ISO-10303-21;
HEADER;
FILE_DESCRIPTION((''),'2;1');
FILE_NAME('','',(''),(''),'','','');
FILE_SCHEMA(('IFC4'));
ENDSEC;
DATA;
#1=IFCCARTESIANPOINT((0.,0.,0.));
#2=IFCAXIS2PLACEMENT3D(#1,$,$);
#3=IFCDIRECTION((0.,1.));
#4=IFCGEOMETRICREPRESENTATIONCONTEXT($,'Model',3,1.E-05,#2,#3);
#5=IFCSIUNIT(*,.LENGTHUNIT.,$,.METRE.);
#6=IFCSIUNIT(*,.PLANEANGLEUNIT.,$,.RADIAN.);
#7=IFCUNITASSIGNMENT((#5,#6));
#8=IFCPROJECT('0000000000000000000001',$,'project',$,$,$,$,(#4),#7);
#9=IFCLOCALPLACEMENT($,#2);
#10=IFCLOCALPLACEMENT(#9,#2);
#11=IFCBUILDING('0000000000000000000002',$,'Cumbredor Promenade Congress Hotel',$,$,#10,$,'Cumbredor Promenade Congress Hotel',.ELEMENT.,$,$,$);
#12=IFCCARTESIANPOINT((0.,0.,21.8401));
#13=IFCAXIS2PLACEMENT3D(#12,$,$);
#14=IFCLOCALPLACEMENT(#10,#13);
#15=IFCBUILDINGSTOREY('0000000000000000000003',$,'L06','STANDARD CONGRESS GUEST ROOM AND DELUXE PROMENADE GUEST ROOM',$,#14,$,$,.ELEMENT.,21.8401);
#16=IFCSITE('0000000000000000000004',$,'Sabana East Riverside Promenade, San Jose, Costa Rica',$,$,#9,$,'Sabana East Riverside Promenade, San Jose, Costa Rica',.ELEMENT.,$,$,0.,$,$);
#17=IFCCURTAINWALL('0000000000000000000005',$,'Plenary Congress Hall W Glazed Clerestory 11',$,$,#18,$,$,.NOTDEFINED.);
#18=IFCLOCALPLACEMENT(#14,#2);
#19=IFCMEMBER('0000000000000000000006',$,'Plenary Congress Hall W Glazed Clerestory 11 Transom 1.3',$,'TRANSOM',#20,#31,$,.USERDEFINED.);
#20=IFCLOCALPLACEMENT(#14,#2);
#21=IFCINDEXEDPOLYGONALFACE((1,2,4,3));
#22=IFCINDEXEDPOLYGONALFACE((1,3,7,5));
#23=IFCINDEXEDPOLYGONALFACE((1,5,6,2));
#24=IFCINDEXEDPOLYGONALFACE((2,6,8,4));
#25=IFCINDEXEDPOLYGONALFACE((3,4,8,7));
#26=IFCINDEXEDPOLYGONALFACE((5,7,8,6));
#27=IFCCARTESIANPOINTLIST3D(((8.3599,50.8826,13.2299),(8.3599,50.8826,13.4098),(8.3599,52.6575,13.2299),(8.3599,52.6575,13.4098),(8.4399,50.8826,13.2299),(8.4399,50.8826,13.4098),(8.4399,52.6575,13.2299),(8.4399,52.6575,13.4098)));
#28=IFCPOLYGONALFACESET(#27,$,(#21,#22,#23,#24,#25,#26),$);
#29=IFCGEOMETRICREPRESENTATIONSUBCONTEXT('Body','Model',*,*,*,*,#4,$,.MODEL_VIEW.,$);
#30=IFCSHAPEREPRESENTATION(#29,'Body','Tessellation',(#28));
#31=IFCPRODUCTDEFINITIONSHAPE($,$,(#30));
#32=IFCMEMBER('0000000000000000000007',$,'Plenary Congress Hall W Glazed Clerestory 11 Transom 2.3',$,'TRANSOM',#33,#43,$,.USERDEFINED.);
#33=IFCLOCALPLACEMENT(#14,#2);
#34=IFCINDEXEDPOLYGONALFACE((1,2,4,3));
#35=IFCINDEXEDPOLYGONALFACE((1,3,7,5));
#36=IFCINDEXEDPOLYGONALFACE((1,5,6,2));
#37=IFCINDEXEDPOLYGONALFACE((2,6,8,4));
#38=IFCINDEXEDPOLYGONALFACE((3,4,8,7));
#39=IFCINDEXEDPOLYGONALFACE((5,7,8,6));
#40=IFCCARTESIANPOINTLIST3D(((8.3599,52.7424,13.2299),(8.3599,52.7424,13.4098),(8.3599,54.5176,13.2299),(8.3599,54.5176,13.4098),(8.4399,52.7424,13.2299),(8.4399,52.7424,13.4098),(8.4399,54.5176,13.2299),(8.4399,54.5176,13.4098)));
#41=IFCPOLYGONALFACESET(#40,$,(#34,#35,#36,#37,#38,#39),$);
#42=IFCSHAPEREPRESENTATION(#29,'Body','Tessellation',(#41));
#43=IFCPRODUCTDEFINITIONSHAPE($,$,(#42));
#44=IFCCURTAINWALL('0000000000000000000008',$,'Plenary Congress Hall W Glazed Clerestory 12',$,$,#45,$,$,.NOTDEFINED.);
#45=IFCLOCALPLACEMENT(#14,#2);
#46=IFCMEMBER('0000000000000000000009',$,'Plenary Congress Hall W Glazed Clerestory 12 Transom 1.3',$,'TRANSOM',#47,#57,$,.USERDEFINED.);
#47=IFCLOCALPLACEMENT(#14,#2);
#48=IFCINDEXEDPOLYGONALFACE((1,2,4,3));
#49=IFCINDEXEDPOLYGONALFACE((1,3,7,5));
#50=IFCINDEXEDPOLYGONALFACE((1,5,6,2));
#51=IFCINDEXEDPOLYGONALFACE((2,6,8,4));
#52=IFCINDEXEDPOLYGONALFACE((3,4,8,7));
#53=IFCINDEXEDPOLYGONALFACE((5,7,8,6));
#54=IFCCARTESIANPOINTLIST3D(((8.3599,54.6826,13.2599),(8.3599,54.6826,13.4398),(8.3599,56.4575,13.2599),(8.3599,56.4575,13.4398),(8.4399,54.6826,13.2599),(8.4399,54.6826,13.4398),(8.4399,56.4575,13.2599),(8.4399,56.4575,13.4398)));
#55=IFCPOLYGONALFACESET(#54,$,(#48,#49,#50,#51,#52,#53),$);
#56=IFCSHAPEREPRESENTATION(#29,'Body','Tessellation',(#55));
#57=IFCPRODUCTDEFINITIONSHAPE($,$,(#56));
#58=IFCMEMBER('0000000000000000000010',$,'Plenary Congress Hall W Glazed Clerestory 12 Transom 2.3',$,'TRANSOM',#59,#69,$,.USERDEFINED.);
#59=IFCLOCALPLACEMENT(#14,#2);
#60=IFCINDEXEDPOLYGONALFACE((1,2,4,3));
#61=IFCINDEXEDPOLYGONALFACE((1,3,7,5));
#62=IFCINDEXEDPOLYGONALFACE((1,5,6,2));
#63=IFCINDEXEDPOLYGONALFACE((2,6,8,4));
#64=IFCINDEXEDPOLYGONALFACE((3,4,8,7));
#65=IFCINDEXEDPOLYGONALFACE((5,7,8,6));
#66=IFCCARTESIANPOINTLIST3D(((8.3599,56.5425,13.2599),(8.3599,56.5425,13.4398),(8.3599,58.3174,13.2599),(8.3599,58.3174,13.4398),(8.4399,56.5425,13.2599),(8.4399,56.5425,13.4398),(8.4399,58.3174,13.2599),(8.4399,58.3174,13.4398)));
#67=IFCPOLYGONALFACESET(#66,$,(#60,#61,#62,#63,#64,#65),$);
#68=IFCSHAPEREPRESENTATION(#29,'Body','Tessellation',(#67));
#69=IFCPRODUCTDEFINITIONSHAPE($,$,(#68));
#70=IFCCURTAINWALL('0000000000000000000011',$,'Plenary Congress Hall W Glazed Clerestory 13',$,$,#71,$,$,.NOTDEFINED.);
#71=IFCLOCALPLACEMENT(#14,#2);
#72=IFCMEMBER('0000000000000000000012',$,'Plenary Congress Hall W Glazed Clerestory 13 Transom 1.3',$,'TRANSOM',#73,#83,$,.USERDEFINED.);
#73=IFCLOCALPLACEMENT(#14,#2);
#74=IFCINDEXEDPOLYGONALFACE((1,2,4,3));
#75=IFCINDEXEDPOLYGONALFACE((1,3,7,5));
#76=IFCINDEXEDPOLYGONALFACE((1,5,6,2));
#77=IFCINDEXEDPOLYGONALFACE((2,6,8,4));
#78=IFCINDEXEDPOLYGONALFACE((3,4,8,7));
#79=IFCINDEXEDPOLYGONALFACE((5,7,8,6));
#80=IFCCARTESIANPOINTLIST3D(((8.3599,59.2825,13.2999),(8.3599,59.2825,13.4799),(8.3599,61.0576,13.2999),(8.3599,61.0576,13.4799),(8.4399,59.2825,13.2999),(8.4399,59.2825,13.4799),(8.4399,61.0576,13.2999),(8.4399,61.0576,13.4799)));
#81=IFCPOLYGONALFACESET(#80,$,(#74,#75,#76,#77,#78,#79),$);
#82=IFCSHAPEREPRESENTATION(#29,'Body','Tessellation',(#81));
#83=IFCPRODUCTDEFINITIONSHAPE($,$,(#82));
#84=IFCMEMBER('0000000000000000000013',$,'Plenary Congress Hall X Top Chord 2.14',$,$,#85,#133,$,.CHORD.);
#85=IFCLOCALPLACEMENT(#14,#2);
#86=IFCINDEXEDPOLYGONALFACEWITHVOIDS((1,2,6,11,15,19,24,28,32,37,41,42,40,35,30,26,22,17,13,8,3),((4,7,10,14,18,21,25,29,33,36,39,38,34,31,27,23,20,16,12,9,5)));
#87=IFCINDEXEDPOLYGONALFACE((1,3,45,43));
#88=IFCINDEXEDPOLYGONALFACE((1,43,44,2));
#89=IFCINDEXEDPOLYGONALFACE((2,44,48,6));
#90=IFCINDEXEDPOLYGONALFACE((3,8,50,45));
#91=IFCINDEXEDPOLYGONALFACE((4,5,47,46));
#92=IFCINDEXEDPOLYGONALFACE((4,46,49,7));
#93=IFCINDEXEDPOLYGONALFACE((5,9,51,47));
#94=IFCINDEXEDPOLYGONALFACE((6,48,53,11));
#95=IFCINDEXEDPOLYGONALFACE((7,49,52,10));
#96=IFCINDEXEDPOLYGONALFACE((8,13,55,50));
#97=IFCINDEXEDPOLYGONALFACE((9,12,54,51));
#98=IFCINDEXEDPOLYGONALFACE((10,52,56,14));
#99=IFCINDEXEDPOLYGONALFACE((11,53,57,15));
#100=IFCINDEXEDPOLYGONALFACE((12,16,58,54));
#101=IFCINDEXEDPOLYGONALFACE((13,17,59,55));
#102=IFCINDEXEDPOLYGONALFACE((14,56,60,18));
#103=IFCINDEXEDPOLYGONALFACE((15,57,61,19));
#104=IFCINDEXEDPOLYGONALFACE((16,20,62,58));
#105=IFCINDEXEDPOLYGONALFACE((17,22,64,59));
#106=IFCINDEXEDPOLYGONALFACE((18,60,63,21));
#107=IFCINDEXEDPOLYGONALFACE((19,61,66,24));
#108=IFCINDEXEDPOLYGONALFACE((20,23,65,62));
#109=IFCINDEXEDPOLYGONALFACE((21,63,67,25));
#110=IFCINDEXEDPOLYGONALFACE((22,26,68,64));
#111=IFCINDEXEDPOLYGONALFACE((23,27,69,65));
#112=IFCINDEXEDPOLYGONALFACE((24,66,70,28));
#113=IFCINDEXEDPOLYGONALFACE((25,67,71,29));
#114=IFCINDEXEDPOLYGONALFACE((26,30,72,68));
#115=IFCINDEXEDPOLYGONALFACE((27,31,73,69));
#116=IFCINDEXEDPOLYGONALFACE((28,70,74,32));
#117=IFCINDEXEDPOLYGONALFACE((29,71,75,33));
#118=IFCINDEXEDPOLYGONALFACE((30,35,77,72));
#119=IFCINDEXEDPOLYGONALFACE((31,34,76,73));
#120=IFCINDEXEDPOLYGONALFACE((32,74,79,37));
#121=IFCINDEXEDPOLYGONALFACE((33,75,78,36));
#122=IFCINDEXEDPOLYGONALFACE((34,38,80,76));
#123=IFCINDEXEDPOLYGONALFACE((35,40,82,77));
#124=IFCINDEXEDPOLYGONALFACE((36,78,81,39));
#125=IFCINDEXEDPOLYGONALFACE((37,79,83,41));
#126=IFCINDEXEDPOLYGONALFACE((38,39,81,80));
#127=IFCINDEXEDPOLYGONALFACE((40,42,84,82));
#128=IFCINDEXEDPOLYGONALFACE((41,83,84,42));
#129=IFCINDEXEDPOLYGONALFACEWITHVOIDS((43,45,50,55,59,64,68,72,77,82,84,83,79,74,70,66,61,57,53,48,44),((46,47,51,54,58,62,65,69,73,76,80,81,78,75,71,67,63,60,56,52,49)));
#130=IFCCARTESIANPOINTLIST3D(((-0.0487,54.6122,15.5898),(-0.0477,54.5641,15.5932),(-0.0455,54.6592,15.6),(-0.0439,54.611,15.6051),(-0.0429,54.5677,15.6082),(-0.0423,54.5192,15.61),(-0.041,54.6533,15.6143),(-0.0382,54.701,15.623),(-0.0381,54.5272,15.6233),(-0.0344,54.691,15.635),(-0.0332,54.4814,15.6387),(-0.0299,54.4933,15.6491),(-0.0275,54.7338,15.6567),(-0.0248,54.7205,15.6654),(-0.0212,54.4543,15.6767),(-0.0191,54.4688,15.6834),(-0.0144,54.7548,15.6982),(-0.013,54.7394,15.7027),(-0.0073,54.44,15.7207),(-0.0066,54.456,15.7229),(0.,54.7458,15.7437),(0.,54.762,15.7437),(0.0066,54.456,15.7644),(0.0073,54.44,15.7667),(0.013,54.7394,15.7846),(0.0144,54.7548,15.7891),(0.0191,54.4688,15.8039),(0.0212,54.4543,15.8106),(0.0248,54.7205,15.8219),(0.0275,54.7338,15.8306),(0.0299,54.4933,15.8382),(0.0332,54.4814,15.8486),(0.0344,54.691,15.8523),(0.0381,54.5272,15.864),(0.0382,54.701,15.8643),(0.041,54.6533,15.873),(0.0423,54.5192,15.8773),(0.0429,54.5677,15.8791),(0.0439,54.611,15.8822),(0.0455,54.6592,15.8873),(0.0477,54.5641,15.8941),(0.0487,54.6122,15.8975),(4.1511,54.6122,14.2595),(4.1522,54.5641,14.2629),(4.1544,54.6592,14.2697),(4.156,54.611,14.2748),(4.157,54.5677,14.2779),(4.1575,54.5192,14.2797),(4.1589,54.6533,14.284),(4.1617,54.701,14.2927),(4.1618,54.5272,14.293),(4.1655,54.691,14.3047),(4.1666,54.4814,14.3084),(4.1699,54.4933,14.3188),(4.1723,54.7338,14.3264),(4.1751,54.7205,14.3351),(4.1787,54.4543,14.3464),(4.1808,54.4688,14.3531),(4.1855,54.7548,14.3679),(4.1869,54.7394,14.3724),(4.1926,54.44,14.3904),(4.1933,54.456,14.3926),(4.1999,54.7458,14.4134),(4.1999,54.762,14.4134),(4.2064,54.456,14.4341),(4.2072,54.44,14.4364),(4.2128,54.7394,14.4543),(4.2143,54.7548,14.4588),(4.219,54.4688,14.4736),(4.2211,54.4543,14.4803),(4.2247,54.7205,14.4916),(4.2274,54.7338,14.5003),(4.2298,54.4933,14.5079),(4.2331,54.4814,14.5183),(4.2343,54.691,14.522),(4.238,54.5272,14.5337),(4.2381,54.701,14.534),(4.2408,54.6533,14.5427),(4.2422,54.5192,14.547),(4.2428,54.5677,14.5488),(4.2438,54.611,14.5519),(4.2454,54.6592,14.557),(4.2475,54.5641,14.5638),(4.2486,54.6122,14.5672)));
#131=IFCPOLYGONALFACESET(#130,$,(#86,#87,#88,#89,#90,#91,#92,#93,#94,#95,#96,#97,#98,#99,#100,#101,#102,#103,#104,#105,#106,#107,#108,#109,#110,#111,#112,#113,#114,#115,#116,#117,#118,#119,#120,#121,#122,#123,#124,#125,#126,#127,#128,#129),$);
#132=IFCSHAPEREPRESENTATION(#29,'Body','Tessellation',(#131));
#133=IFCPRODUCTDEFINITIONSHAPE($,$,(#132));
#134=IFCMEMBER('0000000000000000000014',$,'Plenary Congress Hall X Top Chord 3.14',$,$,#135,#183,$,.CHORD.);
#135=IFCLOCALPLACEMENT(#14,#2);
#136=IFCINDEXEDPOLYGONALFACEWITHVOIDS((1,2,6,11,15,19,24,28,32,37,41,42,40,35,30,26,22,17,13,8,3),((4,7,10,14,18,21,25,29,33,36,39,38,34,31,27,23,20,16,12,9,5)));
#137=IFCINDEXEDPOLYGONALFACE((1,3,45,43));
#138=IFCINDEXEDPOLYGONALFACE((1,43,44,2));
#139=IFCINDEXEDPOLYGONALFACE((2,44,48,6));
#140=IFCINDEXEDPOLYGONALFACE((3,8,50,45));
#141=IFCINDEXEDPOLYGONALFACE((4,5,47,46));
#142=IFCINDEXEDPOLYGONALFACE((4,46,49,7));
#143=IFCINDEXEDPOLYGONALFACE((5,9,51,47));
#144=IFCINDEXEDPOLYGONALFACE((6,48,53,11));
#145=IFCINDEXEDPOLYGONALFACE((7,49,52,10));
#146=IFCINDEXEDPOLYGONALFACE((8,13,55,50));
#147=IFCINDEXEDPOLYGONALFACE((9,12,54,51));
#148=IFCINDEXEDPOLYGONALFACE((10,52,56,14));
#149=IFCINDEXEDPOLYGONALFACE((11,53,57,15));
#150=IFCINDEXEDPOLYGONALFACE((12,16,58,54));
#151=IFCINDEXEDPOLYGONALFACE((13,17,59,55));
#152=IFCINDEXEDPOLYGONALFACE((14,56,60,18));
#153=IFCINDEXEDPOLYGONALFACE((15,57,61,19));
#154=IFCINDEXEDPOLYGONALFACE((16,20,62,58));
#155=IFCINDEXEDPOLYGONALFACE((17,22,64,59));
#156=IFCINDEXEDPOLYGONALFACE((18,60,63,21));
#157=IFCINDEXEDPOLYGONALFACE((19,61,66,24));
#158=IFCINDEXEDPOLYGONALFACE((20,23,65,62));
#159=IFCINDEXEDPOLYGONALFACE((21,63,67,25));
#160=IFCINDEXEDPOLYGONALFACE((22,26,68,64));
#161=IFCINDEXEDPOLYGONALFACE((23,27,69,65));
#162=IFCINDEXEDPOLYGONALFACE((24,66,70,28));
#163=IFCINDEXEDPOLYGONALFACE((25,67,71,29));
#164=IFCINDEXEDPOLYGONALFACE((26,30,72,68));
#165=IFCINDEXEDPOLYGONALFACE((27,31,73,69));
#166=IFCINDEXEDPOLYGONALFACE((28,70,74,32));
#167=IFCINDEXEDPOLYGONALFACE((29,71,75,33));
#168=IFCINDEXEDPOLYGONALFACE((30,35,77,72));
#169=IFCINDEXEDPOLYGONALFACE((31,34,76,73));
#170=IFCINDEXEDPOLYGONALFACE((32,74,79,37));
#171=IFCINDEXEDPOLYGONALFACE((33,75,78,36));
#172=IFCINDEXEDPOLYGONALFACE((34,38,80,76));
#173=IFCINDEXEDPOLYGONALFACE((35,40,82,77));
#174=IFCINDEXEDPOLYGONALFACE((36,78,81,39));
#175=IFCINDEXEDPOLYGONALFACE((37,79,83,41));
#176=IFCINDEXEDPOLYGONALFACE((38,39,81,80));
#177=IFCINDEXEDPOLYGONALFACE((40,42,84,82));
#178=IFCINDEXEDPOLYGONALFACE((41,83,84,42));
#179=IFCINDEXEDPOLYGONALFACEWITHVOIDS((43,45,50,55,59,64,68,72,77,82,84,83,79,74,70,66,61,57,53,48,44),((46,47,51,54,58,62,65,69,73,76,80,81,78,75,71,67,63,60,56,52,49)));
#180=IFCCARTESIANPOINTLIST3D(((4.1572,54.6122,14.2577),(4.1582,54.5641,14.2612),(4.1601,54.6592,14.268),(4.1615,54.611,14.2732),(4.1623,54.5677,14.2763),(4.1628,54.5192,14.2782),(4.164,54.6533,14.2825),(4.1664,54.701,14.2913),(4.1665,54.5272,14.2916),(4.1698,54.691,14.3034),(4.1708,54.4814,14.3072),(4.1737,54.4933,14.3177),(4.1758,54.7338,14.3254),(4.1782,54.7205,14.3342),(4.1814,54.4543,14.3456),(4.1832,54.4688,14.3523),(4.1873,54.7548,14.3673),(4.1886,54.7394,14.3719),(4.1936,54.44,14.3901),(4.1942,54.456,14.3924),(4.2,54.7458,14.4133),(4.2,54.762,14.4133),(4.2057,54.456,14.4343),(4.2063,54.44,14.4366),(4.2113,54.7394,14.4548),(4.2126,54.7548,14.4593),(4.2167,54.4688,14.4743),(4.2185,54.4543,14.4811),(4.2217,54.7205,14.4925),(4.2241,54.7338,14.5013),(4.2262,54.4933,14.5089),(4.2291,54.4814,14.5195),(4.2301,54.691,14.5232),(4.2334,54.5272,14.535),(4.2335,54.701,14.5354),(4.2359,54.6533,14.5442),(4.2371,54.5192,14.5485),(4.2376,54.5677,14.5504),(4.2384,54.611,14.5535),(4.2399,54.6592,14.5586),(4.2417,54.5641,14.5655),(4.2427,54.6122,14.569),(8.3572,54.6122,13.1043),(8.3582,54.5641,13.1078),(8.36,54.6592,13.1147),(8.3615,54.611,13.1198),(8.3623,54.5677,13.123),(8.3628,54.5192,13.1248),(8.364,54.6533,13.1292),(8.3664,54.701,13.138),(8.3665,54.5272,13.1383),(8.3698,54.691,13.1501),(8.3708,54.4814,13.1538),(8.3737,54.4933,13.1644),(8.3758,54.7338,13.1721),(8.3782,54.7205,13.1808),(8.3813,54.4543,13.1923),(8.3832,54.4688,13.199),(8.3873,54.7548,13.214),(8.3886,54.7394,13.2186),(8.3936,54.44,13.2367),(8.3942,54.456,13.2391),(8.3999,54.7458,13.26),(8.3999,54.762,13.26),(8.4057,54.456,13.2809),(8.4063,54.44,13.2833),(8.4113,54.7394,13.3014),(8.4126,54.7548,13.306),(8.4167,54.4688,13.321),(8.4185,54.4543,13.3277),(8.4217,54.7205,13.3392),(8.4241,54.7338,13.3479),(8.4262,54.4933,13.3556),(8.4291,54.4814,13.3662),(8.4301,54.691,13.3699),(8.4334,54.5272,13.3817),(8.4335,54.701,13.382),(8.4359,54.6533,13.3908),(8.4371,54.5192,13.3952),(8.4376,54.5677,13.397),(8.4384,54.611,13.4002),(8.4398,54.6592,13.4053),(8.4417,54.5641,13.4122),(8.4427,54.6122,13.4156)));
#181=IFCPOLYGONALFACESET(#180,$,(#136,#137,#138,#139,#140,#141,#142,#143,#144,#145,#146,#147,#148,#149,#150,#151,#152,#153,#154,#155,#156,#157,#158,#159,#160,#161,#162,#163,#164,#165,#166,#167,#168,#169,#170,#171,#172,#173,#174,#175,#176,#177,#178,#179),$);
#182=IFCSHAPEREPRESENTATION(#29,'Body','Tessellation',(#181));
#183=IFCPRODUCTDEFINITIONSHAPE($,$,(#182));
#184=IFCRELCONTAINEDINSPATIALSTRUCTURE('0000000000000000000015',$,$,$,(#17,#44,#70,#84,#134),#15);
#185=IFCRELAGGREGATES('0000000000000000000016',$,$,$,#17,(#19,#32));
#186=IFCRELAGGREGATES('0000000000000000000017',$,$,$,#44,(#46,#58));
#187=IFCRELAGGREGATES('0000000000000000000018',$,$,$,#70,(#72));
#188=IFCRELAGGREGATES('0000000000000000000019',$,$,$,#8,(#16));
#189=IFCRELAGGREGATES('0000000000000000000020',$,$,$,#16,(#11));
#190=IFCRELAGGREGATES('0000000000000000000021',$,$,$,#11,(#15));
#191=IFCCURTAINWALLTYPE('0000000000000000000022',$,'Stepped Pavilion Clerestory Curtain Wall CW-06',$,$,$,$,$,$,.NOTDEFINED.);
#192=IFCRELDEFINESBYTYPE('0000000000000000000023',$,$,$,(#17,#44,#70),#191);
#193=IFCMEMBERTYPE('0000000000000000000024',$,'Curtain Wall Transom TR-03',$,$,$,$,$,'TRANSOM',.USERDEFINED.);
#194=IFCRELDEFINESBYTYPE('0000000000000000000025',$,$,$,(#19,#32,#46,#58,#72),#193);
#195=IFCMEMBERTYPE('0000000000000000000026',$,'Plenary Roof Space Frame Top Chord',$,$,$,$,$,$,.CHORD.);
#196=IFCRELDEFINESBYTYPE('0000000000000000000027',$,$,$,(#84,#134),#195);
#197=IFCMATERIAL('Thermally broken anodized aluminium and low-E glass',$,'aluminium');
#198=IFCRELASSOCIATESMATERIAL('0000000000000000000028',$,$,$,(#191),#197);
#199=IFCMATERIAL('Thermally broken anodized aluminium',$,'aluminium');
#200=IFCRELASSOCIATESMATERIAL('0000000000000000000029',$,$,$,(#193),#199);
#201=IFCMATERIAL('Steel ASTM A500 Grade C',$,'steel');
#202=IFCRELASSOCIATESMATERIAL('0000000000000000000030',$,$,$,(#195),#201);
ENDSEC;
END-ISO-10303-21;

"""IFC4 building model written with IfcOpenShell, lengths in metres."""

from ifc_helpers import new_model, si_unit, direction, frame, origin, origin_2d, place, context, subcontext, project, spatial, rectangle, hollow_circle, extrude, material, material_profile, profile_set, type_object, element, aggregate, save


model = new_model("IFC4")

# Units and contexts
model_context = context("Model", 3, precision=1e-05, world=origin(), true_north=direction((0.0, 1.0)))
body_context = subcontext(model_context, "Body", "Model", "MODEL_VIEW")
ifc_project = project(units=[si_unit("LENGTHUNIT", "METRE"), si_unit("PLANEANGLEUNIT", "RADIAN")], contexts=[model_context])

# Site, building, storey
site_placement = place(None, origin())
site = spatial("IfcSite", under=ifc_project, at=site_placement, Name="Sabana East Riverside Promenade, San Jose, Costa Rica", LongName="Sabana East Riverside Promenade, San Jose, Costa Rica", CompositionType="ELEMENT", RefElevation=0.0)
building_placement = place(site_placement, origin())
building = spatial("IfcBuilding", under=site, at=building_placement, Name="Cumbredor Promenade Congress Hotel", LongName="Cumbredor Promenade Congress Hotel", CompositionType="ELEMENT")
storey_placement = place(building_placement, frame((0.0, 0.0, 21.8401)))
storey = spatial("IfcBuildingStorey", under=building, at=storey_placement, Name="L06", Description="STANDARD CONGRESS GUEST ROOM AND DELUXE PROMENADE GUEST ROOM", CompositionType="ELEMENT", Elevation=21.8401)

# Curtain walls, members
ifc_material_1 = material(Name="Thermally broken anodized aluminium and low-E glass", Category="aluminium")
curtain_wall_type = type_object("IfcCurtainWallType", Name="Stepped Pavilion Clerestory Curtain Wall CW-06", PredefinedType="NOTDEFINED", material=ifc_material_1)
curtain_wall_1_placement = place(storey_placement, origin())
curtain_wall_1 = element("IfcCurtainWall", 1, at=curtain_wall_1_placement, inside=storey, type_object=curtain_wall_type, Name="Plenary Congress Hall W Glazed Clerestory 11", PredefinedType="NOTDEFINED")
ifc_material_2 = material(Name="Thermally broken anodized aluminium", Category="aluminium")
ifc_material_profile_1 = material_profile(ifc_material_2, rectangle(XDim=0.0801, YDim=0.1799, at=origin_2d()), Name="ALU TRANSOM 80x180")
ifc_profile_set_1 = profile_set([ifc_material_profile_1], Name="Thermally broken anodized aluminium")
member_type_1 = type_object("IfcMemberType", Name="Curtain Wall Transom TR-03", ElementType="TRANSOM", PredefinedType="USERDEFINED", material=ifc_profile_set_1)
member_1_placement = place(storey_placement, frame((8.3999, 50.8826, 13.3198), z_axis=(0.0, 1.0, 0.0), x_axis=(-1.0, 0.0, 0.0)))
member_1 = element("IfcMember", 2, at=member_1_placement, type_object=member_type_1, Name="Plenary Congress Hall W Glazed Clerestory 11 Transom 1.3", ObjectType="TRANSOM", PredefinedType="USERDEFINED", context=body_context, shape_type="SweptSolid", body=[
    extrude(rectangle(XDim=0.0801, YDim=0.1799, at=origin_2d()), origin(), (0.0, 0.0, 1.0), 1.7749),
])
member_2_placement = place(storey_placement, frame((8.3999, 52.7424, 13.3198), z_axis=(0.0, 1.0, 0.0), x_axis=(-1.0, 0.0, 0.0)))
member_2 = element("IfcMember", 3, at=member_2_placement, type_object=member_type_1, Name="Plenary Congress Hall W Glazed Clerestory 11 Transom 2.3", ObjectType="TRANSOM", PredefinedType="USERDEFINED", context=body_context, shape_type="SweptSolid", body=[
    extrude(rectangle(XDim=0.0801, YDim=0.1799, at=origin_2d()), origin(), (0.0, 0.0, 1.0), 1.7751),
])
aggregate(curtain_wall_1, [member_1, member_2])
curtain_wall_2_placement = place(storey_placement, origin())
curtain_wall_2 = element("IfcCurtainWall", 4, at=curtain_wall_2_placement, inside=storey, type_object=curtain_wall_type, Name="Plenary Congress Hall W Glazed Clerestory 12", PredefinedType="NOTDEFINED")
member_3_placement = place(storey_placement, frame((8.3999, 54.6826, 13.3499), z_axis=(0.0, 1.0, 0.0), x_axis=(-1.0, 0.0, 0.0)))
member_3 = element("IfcMember", 5, at=member_3_placement, type_object=member_type_1, Name="Plenary Congress Hall W Glazed Clerestory 12 Transom 1.3", ObjectType="TRANSOM", PredefinedType="USERDEFINED", context=body_context, shape_type="SweptSolid", body=[
    extrude(rectangle(XDim=0.0801, YDim=0.1799, at=origin_2d()), origin(), (0.0, 0.0, 1.0), 1.7749),
])
member_4_placement = place(storey_placement, frame((8.3999, 56.5425, 13.3499), z_axis=(0.0, 1.0, 0.0), x_axis=(-1.0, 0.0, 0.0)))
member_4 = element("IfcMember", 6, at=member_4_placement, type_object=member_type_1, Name="Plenary Congress Hall W Glazed Clerestory 12 Transom 2.3", ObjectType="TRANSOM", PredefinedType="USERDEFINED", context=body_context, shape_type="SweptSolid", body=[
    extrude(rectangle(XDim=0.0801, YDim=0.1799, at=origin_2d()), origin(), (0.0, 0.0, 1.0), 1.7749),
])
aggregate(curtain_wall_2, [member_3, member_4])

# Curtain wall, member
curtain_wall_3_placement = place(storey_placement, origin())
curtain_wall_3 = element("IfcCurtainWall", 7, at=curtain_wall_3_placement, inside=storey, type_object=curtain_wall_type, Name="Plenary Congress Hall W Glazed Clerestory 13", PredefinedType="NOTDEFINED")
member_5_placement = place(storey_placement, frame((8.3999, 59.2825, 13.3899), z_axis=(0.0, 1.0, 0.0), x_axis=(-1.0, 0.0, 0.0)))
member_5 = element("IfcMember", 8, at=member_5_placement, type_object=member_type_1, Name="Plenary Congress Hall W Glazed Clerestory 13 Transom 1.3", ObjectType="TRANSOM", PredefinedType="USERDEFINED", context=body_context, shape_type="SweptSolid", body=[
    extrude(rectangle(XDim=0.0801, YDim=0.1799, at=origin_2d()), origin(), (0.0, 0.0, 1.0), 1.7751),
])
aggregate(curtain_wall_3, [member_5])

# Members
ifc_material_3 = material(Name="Steel ASTM A500 Grade C", Category="steel")
ifc_material_profile_2 = material_profile(ifc_material_3, hollow_circle(Radius=0.1619, WallThickness=0.0161, at=origin_2d()), Name="CHS 323.9x16")
ifc_profile_set_2 = profile_set([ifc_material_profile_2], Name="Steel ASTM A500 Grade C")
member_type_2 = type_object("IfcMemberType", Name="Plenary Roof Space Frame Top Chord", PredefinedType="CHORD", material=ifc_profile_set_2)
member_6_placement = place(storey_placement, frame((0.0, 54.6001, 15.7437), z_axis=(0.95332, 0.0, -0.301961), x_axis=(0.0, 1.0, 0.0)))
element("IfcMember", 9, at=member_6_placement, inside=storey, type_object=member_type_2, Name="Plenary Congress Hall X Top Chord 2.14", PredefinedType="CHORD", context=body_context, shape_type="SweptSolid", body=[
    extrude(hollow_circle(Radius=0.1619, WallThickness=0.0161, at=origin_2d()), origin(), (0.0, 0.0, 1.0), 4.4055),
])
member_7_placement = place(storey_placement, frame((4.2, 54.6001, 14.4133), z_axis=(0.964303, 0.0, -0.264801), x_axis=(0.0, 1.0, 0.0)))
element("IfcMember", 10, at=member_7_placement, inside=storey, type_object=member_type_2, Name="Plenary Congress Hall X Top Chord 3.14", PredefinedType="CHORD", context=body_context, shape_type="SweptSolid", body=[
    extrude(hollow_circle(Radius=0.1619, WallThickness=0.0161, at=origin_2d()), origin(), (0.0, 0.0, 1.0), 4.3555),
])

save(model, "model.ifc")
